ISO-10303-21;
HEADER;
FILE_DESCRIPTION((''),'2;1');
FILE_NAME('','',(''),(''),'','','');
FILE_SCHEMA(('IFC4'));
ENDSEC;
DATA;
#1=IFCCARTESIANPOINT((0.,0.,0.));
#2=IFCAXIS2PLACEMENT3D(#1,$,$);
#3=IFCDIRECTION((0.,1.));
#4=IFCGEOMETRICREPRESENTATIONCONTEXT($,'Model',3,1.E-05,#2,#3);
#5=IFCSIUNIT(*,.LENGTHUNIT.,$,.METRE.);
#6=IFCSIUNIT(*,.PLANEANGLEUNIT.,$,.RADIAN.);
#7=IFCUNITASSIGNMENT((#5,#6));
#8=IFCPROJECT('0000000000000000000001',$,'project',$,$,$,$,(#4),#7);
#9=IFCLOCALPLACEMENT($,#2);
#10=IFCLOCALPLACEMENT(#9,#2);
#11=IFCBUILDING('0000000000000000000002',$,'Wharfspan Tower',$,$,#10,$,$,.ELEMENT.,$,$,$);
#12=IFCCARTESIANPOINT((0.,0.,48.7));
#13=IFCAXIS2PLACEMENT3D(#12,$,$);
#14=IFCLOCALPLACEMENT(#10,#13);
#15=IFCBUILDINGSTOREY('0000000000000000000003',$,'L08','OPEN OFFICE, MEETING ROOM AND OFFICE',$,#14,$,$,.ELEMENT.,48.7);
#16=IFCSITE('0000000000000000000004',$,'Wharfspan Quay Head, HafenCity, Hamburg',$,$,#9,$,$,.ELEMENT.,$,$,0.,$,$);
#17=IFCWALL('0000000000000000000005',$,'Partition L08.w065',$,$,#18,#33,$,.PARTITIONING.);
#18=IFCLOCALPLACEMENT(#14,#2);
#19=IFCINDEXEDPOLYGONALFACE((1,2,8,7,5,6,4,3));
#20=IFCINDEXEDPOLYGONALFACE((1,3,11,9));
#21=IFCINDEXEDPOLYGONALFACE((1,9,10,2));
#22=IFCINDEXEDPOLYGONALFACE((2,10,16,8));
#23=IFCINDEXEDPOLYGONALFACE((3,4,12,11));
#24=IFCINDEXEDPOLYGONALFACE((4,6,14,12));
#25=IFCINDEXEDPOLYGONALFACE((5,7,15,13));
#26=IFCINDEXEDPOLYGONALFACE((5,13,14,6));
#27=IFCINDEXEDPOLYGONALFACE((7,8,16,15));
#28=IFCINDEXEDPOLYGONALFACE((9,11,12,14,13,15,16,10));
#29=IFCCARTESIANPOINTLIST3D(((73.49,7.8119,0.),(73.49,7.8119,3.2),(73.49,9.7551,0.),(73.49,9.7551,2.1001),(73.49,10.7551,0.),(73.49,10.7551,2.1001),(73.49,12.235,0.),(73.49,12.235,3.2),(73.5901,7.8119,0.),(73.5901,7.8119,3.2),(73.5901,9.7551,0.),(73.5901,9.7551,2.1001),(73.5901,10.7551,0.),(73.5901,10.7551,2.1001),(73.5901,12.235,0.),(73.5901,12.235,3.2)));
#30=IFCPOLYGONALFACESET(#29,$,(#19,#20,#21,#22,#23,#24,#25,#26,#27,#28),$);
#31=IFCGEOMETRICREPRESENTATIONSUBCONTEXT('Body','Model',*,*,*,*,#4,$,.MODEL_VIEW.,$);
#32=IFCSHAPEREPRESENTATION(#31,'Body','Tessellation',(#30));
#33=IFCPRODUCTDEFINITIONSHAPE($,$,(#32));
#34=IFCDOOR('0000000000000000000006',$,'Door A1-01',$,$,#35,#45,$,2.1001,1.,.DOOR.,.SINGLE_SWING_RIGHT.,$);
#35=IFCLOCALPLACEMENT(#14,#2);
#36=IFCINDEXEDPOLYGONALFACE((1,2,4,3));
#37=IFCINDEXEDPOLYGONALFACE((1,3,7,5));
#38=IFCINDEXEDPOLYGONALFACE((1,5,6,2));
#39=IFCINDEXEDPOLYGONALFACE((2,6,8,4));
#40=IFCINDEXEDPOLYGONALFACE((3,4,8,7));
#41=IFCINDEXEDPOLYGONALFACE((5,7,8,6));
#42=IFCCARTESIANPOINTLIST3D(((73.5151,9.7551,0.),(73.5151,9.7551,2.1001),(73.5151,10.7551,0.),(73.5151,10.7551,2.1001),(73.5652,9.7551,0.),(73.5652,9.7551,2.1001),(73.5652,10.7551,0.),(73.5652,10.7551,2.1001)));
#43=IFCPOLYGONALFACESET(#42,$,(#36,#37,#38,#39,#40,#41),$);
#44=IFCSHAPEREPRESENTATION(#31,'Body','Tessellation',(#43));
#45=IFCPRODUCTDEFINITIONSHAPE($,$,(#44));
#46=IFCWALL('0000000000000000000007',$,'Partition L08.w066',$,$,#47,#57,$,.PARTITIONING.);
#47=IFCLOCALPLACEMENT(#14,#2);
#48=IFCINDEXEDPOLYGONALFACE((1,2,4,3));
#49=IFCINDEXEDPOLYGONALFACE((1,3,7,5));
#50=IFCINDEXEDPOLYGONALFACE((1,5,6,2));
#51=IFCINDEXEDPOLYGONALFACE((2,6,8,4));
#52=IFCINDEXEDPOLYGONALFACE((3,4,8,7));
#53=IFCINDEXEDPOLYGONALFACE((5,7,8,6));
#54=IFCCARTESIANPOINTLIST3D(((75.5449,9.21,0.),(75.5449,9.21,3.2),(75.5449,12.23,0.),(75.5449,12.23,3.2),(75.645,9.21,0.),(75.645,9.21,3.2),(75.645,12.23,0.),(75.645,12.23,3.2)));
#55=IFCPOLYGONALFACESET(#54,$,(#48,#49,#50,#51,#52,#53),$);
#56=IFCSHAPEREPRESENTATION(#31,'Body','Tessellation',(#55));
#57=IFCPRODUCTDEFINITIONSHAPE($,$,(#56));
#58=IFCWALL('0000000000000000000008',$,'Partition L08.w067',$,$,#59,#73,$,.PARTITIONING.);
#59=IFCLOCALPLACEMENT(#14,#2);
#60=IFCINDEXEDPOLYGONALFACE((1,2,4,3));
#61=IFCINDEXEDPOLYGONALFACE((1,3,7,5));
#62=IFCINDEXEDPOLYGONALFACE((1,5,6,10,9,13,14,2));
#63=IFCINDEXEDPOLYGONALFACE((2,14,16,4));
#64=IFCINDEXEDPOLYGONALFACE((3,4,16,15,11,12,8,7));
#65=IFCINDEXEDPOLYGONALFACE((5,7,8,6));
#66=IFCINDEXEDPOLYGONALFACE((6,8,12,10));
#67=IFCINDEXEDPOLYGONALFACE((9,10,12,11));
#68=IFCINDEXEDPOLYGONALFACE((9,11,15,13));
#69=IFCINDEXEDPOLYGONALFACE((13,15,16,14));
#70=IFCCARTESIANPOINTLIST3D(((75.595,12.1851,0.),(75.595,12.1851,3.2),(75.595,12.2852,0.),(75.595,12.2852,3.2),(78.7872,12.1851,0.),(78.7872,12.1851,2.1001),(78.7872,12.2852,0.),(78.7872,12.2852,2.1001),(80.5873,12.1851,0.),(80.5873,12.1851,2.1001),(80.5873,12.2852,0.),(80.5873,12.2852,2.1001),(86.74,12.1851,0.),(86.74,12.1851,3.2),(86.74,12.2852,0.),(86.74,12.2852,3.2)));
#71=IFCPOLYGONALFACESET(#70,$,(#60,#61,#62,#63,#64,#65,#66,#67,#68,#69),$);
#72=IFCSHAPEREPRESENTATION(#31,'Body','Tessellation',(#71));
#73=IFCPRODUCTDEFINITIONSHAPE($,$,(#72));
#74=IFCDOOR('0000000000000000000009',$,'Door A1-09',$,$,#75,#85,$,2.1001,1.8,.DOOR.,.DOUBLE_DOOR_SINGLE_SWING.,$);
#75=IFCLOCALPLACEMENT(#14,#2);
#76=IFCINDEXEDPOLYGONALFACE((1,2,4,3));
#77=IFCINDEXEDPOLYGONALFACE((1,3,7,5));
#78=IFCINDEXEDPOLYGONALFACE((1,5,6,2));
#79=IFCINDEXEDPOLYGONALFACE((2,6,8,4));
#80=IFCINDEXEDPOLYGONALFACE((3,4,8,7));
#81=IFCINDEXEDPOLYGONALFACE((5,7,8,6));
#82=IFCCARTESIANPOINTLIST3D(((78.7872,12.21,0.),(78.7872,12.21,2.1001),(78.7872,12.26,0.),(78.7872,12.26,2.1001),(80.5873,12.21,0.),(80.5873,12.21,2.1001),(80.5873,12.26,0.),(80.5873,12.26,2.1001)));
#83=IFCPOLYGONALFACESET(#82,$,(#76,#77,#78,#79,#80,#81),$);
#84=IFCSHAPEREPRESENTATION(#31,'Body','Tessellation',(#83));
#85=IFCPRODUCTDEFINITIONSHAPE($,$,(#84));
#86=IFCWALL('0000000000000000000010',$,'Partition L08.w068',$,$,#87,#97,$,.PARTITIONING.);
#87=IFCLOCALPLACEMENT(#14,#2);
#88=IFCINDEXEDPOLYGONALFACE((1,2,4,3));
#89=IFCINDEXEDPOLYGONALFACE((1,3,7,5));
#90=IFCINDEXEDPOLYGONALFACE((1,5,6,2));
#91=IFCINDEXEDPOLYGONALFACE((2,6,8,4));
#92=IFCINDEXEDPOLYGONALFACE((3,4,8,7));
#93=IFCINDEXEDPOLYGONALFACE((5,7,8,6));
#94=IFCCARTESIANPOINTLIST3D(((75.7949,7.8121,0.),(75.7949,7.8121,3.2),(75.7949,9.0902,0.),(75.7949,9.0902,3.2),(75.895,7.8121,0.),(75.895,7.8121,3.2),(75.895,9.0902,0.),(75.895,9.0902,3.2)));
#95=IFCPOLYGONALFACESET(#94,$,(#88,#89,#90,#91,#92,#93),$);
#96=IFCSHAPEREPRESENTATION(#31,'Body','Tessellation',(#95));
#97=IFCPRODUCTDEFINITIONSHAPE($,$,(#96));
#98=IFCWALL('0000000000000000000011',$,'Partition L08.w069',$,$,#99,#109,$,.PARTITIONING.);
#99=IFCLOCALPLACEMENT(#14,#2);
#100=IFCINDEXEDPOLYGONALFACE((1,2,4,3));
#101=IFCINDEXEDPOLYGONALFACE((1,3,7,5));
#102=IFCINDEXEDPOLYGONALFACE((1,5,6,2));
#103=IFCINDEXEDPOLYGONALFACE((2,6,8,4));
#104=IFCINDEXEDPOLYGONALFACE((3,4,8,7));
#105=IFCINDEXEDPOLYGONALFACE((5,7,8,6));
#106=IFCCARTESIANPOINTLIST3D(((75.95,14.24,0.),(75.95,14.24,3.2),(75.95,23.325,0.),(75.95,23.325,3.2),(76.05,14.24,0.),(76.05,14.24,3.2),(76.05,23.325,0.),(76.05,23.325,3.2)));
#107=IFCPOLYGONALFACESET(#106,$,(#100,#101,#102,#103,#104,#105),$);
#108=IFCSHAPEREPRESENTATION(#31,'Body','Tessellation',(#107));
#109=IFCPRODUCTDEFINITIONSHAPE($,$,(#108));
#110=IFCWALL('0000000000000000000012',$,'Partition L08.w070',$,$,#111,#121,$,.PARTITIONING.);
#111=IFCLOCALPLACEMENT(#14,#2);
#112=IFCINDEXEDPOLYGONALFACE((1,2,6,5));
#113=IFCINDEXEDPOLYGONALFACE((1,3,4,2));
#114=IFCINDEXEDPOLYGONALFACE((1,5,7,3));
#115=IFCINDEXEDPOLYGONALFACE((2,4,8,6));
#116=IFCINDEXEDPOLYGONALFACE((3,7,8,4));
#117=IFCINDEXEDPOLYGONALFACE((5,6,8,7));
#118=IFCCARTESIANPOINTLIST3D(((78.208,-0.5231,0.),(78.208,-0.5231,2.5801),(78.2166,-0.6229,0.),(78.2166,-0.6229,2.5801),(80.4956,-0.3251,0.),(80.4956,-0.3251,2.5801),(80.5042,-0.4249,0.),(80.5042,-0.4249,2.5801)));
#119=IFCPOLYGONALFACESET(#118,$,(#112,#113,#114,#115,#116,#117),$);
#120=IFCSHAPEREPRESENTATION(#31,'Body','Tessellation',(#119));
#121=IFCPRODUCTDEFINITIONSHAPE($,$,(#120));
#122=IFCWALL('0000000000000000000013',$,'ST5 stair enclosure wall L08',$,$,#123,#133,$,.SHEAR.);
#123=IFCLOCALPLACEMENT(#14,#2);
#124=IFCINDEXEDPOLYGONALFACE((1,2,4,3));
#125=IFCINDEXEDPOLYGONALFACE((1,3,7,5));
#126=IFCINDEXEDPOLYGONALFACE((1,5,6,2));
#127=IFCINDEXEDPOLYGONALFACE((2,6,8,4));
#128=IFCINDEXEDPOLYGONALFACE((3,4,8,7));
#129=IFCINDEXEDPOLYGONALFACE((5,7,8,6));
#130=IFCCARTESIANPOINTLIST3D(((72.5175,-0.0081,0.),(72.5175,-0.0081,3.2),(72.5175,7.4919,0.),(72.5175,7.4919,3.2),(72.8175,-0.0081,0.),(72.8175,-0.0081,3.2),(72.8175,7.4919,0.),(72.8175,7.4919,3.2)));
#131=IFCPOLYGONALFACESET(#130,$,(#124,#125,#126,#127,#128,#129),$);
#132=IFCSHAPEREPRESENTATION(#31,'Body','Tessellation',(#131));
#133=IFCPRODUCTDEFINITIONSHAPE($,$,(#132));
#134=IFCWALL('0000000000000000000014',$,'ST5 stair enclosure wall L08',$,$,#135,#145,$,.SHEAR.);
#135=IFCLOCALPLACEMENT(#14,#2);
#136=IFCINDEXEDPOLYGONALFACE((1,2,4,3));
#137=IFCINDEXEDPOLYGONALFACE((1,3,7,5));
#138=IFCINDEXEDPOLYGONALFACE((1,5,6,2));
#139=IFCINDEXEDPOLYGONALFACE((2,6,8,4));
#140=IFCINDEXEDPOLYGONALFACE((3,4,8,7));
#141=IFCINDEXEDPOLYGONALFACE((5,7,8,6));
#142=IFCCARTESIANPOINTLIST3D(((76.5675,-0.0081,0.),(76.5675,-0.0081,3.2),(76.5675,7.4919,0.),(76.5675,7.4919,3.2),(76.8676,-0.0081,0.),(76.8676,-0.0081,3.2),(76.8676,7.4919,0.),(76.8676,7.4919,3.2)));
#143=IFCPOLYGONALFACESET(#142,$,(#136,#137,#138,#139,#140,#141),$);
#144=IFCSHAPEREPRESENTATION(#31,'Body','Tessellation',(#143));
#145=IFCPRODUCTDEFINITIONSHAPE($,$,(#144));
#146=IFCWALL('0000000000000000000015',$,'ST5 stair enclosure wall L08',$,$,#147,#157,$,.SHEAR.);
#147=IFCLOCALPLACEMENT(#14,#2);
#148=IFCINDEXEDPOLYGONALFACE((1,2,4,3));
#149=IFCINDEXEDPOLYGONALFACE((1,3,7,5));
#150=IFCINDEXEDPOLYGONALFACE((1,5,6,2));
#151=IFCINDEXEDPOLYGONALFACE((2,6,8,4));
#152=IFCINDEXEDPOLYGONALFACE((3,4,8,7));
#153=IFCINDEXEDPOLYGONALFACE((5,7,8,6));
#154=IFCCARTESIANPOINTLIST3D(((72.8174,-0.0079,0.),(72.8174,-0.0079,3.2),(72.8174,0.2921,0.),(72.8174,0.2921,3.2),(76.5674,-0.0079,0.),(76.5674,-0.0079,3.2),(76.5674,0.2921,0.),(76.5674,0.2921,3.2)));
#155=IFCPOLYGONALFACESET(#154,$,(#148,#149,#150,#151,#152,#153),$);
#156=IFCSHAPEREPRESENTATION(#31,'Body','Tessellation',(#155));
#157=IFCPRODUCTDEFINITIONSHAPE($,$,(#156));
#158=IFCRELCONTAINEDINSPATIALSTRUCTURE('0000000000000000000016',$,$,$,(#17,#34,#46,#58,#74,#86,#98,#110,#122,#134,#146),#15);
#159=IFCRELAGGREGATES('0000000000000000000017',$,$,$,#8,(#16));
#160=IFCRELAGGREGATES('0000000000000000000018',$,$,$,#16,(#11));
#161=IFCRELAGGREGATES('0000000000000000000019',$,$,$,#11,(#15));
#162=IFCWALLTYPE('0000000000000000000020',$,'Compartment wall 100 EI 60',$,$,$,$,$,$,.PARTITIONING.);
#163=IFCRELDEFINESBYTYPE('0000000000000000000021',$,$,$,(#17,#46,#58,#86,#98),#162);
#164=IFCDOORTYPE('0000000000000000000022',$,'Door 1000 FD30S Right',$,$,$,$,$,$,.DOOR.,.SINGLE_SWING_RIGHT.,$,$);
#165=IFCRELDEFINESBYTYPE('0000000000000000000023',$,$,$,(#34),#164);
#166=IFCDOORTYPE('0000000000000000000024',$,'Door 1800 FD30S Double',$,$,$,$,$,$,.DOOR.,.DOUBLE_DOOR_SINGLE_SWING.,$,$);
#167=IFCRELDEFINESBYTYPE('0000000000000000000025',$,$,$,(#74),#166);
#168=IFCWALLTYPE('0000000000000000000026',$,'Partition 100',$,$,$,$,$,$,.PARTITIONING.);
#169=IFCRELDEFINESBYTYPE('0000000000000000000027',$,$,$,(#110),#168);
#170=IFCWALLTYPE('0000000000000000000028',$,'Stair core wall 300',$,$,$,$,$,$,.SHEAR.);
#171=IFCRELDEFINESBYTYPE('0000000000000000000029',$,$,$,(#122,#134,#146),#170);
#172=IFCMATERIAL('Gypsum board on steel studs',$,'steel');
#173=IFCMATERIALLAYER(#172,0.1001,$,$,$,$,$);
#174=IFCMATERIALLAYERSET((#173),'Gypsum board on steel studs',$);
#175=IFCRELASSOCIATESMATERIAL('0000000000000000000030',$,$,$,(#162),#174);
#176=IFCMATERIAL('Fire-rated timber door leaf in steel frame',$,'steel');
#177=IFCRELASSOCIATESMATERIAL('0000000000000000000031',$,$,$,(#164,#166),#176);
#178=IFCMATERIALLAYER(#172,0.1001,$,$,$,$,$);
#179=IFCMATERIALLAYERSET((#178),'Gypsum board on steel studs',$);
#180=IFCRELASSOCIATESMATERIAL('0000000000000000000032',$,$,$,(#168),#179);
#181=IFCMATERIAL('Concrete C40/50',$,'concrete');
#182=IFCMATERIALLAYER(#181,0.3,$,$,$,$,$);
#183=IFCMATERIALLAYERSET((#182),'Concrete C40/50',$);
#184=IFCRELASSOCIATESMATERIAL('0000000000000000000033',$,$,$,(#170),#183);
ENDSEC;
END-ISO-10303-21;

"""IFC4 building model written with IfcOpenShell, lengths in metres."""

from ifc_helpers import new_model, si_unit, direction, frame, frame_2d, origin, place, context, subcontext, project, spatial, rectangle, extrude, material, layer, layer_set, type_object, element, fill, save


model = new_model("IFC4")

# Units and contexts
model_context = context("Model", 3, precision=1e-05, world=origin(), true_north=direction((0.0, 1.0)))
body_context = subcontext(model_context, "Body", "Model", "MODEL_VIEW")
ifc_project = project(units=[si_unit("LENGTHUNIT", "METRE"), si_unit("PLANEANGLEUNIT", "RADIAN")], contexts=[model_context])

# Site, building, storey
site_placement = place(None, origin())
site = spatial("IfcSite", under=ifc_project, at=site_placement, Name="Wharfspan Quay Head, HafenCity, Hamburg", CompositionType="ELEMENT", RefElevation=0.0)
building_placement = place(site_placement, origin())
building = spatial("IfcBuilding", under=site, at=building_placement, Name="Wharfspan Tower", CompositionType="ELEMENT")
storey_placement = place(building_placement, frame((0.0, 0.0, 48.7)))
storey = spatial("IfcBuildingStorey", under=building, at=storey_placement, Name="L08", Description="OPEN OFFICE, MEETING ROOM AND OFFICE", CompositionType="ELEMENT", Elevation=48.7)

# Wall, opening, door
ifc_material_1 = material(Name="Gypsum board on steel studs", Category="steel")
ifc_layer_1 = layer(ifc_material_1, 0.1001)
ifc_layer_set_1 = layer_set([ifc_layer_1], Name="Gypsum board on steel studs")
wall_type_1 = type_object("IfcWallType", Name="Compartment wall 100 EI 60", PredefinedType="PARTITIONING", material=ifc_layer_set_1)
wall_1_placement = place(storey_placement, frame((73.54, 7.812, 0.0), z_axis=(0.0, 0.0, 1.0), x_axis=(0.0, 1.0, 0.0)))
wall_1 = element("IfcWall", 1, at=wall_1_placement, inside=storey, type_object=wall_type_1, Name="Partition L08.w065", PredefinedType="PARTITIONING", context=body_context, shape_type="SweptSolid", body=[
    extrude(rectangle(XDim=4.4231, YDim=0.1001, at=frame_2d((2.2114, 0.0))), origin(), (0.0, 0.0, 1.0), 3.2),
])
opening_1_placement = place(wall_1_placement, frame((1.9431, 0.0, 0.0)))
opening_1 = element("IfcOpeningElement", 2, at=opening_1_placement, cuts=wall_1, PredefinedType="OPENING", context=body_context, shape_type="SweptSolid", body=[
    extrude(rectangle(XDim=1.0, YDim=2.1001, at=frame_2d((0.5, 1.05))), frame((0.0, 0.0601, 0.0), z_axis=(0.0, -1.0, 0.0), x_axis=(1.0, 0.0, 0.0)), (0.0, 0.0, 1.0), 0.1201),
])
ifc_material_2 = material(Name="Fire-rated timber door leaf in steel frame", Category="steel")
door_type_1 = type_object("IfcDoorType", Name="Door 1000 FD30S Right", OperationType="SINGLE_SWING_RIGHT", PredefinedType="DOOR", material=ifc_material_2)
door_1_placement = place(opening_1_placement, origin())
door_1 = element("IfcDoor", 3, at=door_1_placement, inside=storey, type_object=door_type_1, Name="Door A1-01", OperationType="SINGLE_SWING_RIGHT", OverallHeight=2.1001, OverallWidth=1.0, PredefinedType="DOOR", context=body_context, shape_type="SweptSolid", body=[
    extrude(rectangle(XDim=1.0, YDim=2.1001, at=frame_2d((0.5, 1.05))), frame((0.0, 0.0249, 0.0), z_axis=(0.0, -1.0, 0.0), x_axis=(1.0, 0.0, 0.0)), (0.0, 0.0, 1.0), 0.05),
])
fill(opening_1, door_1)

# Wall
wall_2_placement = place(storey_placement, frame((75.595, 9.21, 0.0), z_axis=(0.0, 0.0, 1.0), x_axis=(0.0, 1.0, 0.0)))
element("IfcWall", 4, at=wall_2_placement, inside=storey, type_object=wall_type_1, Name="Partition L08.w066", PredefinedType="PARTITIONING", context=body_context, shape_type="SweptSolid", body=[
    extrude(rectangle(XDim=3.02, YDim=0.1001, at=frame_2d((1.51, 0.0))), origin(), (0.0, 0.0, 1.0), 3.2),
])

# Wall, opening, door
wall_3_placement = place(storey_placement, frame((75.595, 12.2351, 0.0), z_axis=(0.0, 0.0, 1.0), x_axis=(1.0, 0.0, 0.0)))
wall_3 = element("IfcWall", 5, at=wall_3_placement, inside=storey, type_object=wall_type_1, Name="Partition L08.w067", PredefinedType="PARTITIONING", context=body_context, shape_type="SweptSolid", body=[
    extrude(rectangle(XDim=11.145, YDim=0.1001, at=frame_2d((5.5725, 0.0))), origin(), (0.0, 0.0, 1.0), 3.2),
])
opening_2_placement = place(wall_3_placement, frame((3.1924, 0.0, 0.0)))
opening_2 = element("IfcOpeningElement", 6, at=opening_2_placement, cuts=wall_3, PredefinedType="OPENING", context=body_context, shape_type="SweptSolid", body=[
    extrude(rectangle(XDim=1.8, YDim=2.1001, at=frame_2d((0.8999, 1.05))), frame((0.0, 0.0601, 0.0), z_axis=(0.0, -1.0, 0.0), x_axis=(1.0, 0.0, 0.0)), (0.0, 0.0, 1.0), 0.1201),
])
door_type_2 = type_object("IfcDoorType", Name="Door 1800 FD30S Double", OperationType="DOUBLE_DOOR_SINGLE_SWING", PredefinedType="DOOR", material=ifc_material_2)
door_2_placement = place(opening_2_placement, origin())
door_2 = element("IfcDoor", 7, at=door_2_placement, inside=storey, type_object=door_type_2, Name="Door A1-09", OperationType="DOUBLE_DOOR_SINGLE_SWING", OverallHeight=2.1001, OverallWidth=1.8, PredefinedType="DOOR", context=body_context, shape_type="SweptSolid", body=[
    extrude(rectangle(XDim=1.8, YDim=2.1001, at=frame_2d((0.8999, 1.05))), frame((0.0, 0.0249, 0.0), z_axis=(0.0, -1.0, 0.0), x_axis=(1.0, 0.0, 0.0)), (0.0, 0.0, 1.0), 0.05),
])
fill(opening_2, door_2)

# Walls
wall_4_placement = place(storey_placement, frame((75.845, 7.812, 0.0), z_axis=(0.0, 0.0, 1.0), x_axis=(0.0, 1.0, 0.0)))
element("IfcWall", 8, at=wall_4_placement, inside=storey, type_object=wall_type_1, Name="Partition L08.w068", PredefinedType="PARTITIONING", context=body_context, shape_type="SweptSolid", body=[
    extrude(rectangle(XDim=1.2781, YDim=0.1001, at=frame_2d((0.6392, 0.0))), origin(), (0.0, 0.0, 1.0), 3.2),
])
wall_5_placement = place(storey_placement, frame((76.0, 14.24, 0.0), z_axis=(0.0, 0.0, 1.0), x_axis=(0.0, 1.0, 0.0)))
element("IfcWall", 9, at=wall_5_placement, inside=storey, type_object=wall_type_1, Name="Partition L08.w069", PredefinedType="PARTITIONING", context=body_context, shape_type="SweptSolid", body=[
    extrude(rectangle(XDim=9.085, YDim=0.1001, at=frame_2d((4.5425, 0.0))), origin(), (0.0, 0.0, 1.0), 3.2),
])
ifc_layer_2 = layer(ifc_material_1, 0.1001)
ifc_layer_set_2 = layer_set([ifc_layer_2], Name="Gypsum board on steel studs")
wall_type_2 = type_object("IfcWallType", Name="Partition 100", PredefinedType="PARTITIONING", material=ifc_layer_set_2)
wall_6_placement = place(storey_placement, frame((78.2124, -0.573, 0.0), z_axis=(0.0, 0.0, 1.0), x_axis=(0.996271, 0.08623, 0.0)))
element("IfcWall", 10, at=wall_6_placement, inside=storey, type_object=wall_type_2, Name="Partition L08.w070", PredefinedType="PARTITIONING", context=body_context, shape_type="SweptSolid", body=[
    extrude(rectangle(XDim=2.2961, YDim=0.1001, at=frame_2d((1.1479, 0.0))), origin(), (0.0, 0.0, 1.0), 2.5801),
])
ifc_material_3 = material(Name="Concrete C40/50", Category="concrete")
ifc_layer_3 = layer(ifc_material_3, 0.3)
ifc_layer_set_3 = layer_set([ifc_layer_3], Name="Concrete C40/50")
wall_type_3 = type_object("IfcWallType", Name="Stair core wall 300", PredefinedType="SHEAR", material=ifc_layer_set_3)
for number, where, z_axis, x_axis, name in (
    (11, (72.6675, -0.0081, 0.0), (0.0, 0.0, 1.0), (0.0, 1.0, 0.0), "ST5 stair enclosure wall L08"),
    (12, (76.7175, -0.0081, 0.0), (0.0, 0.0, 1.0), (0.0, 1.0, 0.0), "ST5 stair enclosure wall L08"),
):
    element("IfcWall", number, at=place(storey_placement, frame(where, z_axis=z_axis, x_axis=x_axis)), inside=storey, type_object=wall_type_3, Name=name, PredefinedType="SHEAR", context=body_context, shape_type="SweptSolid", body=[
        extrude(rectangle(XDim=7.5, YDim=0.3, at=frame_2d((3.75, 0.0))), origin(), (0.0, 0.0, 1.0), 3.2),
    ])
wall_7_placement = place(storey_placement, frame((72.8174, 0.1421, 0.0), z_axis=(0.0, 0.0, 1.0), x_axis=(1.0, 0.0, 0.0)))
element("IfcWall", 13, at=wall_7_placement, inside=storey, type_object=wall_type_3, Name="ST5 stair enclosure wall L08", PredefinedType="SHEAR", context=body_context, shape_type="SweptSolid", body=[
    extrude(rectangle(XDim=3.75, YDim=0.3, at=frame_2d((1.875, 0.0))), origin(), (0.0, 0.0, 1.0), 3.2),
])

save(model, "model.ifc")
